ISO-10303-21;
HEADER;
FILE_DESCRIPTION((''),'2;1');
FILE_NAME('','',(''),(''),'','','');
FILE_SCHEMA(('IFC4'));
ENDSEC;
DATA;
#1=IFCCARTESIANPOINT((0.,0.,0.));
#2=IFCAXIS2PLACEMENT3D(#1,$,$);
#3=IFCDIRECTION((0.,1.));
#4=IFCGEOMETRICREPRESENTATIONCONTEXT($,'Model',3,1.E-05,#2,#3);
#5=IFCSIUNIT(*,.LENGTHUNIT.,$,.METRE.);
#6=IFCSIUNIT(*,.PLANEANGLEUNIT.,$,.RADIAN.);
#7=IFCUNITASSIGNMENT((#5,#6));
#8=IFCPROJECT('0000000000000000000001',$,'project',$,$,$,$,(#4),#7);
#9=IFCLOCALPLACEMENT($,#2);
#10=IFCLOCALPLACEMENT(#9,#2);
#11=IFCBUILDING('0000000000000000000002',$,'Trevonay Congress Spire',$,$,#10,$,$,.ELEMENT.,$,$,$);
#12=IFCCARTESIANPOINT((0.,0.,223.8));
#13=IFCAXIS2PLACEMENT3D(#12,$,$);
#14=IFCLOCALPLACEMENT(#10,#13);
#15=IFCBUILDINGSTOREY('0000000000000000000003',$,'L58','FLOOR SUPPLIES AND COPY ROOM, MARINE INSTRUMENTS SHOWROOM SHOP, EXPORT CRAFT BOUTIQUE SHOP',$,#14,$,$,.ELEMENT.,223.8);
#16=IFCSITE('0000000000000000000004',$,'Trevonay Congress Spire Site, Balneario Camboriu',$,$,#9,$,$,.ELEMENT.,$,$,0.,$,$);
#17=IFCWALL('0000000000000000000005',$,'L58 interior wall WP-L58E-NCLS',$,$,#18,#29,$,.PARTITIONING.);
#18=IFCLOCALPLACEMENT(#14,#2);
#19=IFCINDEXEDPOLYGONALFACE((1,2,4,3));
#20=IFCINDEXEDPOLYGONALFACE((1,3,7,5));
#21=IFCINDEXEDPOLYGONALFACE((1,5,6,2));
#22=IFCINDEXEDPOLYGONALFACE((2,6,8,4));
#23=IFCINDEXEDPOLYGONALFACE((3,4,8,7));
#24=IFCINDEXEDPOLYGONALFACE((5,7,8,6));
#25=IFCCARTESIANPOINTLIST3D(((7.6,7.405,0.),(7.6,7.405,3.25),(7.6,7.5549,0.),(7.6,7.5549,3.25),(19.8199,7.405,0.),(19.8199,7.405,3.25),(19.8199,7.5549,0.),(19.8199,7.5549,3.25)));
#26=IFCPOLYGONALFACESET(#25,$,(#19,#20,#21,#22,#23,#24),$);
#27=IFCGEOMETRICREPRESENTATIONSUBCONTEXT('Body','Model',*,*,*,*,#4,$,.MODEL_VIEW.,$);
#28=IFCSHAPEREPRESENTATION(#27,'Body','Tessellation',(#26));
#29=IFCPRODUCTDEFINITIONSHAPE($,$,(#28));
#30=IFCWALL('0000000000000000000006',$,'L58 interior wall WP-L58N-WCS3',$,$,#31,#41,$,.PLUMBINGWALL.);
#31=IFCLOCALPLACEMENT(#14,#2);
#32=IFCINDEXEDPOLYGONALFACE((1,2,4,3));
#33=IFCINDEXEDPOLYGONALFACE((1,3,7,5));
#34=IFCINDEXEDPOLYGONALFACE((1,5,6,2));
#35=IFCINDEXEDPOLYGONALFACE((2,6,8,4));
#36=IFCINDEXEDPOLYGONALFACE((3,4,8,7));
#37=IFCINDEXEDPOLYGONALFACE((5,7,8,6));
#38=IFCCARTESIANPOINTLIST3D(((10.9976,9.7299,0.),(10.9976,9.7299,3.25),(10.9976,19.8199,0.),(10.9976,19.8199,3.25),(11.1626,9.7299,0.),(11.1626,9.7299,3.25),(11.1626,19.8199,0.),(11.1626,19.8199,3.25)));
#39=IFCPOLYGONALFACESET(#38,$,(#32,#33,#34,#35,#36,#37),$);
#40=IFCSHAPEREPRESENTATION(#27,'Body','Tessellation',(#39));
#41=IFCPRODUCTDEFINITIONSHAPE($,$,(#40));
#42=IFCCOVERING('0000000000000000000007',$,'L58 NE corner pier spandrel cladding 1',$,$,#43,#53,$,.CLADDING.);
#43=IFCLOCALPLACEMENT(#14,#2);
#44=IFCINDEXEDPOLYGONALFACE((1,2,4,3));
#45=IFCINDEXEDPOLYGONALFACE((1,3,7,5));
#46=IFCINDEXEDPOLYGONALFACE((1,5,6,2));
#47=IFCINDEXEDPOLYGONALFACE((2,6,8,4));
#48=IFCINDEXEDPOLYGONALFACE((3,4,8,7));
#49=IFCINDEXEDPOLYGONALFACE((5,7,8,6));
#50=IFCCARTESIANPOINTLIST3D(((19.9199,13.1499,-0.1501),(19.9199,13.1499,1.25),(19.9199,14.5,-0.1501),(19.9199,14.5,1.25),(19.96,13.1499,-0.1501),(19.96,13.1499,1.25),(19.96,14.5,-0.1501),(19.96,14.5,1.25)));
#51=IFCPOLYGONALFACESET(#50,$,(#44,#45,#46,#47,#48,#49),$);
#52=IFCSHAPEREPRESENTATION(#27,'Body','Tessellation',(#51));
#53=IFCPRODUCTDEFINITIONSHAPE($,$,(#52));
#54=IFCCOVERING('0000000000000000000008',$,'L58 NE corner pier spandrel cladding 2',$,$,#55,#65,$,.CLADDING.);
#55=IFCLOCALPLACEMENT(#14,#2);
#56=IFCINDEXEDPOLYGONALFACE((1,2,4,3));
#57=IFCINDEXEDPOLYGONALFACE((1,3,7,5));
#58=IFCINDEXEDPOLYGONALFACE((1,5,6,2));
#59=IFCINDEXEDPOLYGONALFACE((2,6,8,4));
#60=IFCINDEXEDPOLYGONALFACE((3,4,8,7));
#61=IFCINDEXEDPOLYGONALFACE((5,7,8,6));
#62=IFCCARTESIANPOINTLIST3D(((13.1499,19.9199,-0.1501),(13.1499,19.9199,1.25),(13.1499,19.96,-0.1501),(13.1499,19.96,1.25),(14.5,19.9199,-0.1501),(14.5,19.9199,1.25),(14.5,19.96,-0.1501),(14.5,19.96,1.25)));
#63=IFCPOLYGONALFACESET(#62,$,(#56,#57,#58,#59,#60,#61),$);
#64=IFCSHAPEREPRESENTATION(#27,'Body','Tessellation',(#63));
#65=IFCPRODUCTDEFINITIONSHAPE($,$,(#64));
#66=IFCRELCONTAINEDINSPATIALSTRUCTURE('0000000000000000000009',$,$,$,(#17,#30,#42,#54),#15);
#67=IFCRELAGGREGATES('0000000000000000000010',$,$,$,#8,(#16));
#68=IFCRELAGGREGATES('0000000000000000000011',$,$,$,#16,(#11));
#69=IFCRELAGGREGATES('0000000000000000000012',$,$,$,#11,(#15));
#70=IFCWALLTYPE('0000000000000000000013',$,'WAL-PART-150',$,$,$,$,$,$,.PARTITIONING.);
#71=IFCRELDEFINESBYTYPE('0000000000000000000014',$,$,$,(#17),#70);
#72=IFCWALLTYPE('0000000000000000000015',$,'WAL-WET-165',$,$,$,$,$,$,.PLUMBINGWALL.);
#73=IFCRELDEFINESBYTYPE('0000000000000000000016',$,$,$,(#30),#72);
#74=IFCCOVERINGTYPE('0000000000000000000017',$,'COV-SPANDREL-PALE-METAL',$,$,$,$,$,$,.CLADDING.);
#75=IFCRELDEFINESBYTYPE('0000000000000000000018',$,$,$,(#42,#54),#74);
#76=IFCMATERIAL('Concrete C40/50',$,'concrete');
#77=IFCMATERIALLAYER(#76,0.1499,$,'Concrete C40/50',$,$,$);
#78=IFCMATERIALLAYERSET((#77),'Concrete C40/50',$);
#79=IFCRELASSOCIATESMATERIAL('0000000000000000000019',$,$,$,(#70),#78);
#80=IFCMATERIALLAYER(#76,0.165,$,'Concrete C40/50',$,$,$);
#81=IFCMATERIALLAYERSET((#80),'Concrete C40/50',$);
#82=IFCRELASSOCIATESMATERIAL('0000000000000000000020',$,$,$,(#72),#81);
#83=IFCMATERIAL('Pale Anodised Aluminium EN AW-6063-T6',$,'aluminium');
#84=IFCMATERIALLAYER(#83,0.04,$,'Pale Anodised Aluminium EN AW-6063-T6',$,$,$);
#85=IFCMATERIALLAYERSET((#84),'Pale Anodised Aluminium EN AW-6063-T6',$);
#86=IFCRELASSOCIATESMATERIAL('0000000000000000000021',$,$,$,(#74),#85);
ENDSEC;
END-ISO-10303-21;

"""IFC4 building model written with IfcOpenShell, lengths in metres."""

from ifc_helpers import new_model, si_unit, direction, frame, frame_2d, origin, place, context, subcontext, project, spatial, rectangle, extrude, material, layer, layer_set, type_object, element, save


model = new_model("IFC4")

# Units and contexts
model_context = context("Model", 3, precision=1e-05, world=origin(), true_north=direction((0.0, 1.0)))
body_context = subcontext(model_context, "Body", "Model", "MODEL_VIEW")
ifc_project = project(units=[si_unit("LENGTHUNIT", "METRE"), si_unit("PLANEANGLEUNIT", "RADIAN")], contexts=[model_context])

# Site, building, storey
site_placement = place(None, origin())
site = spatial("IfcSite", under=ifc_project, at=site_placement, Name="Trevonay Congress Spire Site, Balneario Camboriu", CompositionType="ELEMENT", RefElevation=0.0)
building_placement = place(site_placement, origin())
building = spatial("IfcBuilding", under=site, at=building_placement, Name="Trevonay Congress Spire", CompositionType="ELEMENT")
storey_placement = place(building_placement, frame((0.0, 0.0, 223.8)))
storey = spatial("IfcBuildingStorey", under=building, at=storey_placement, Name="L58", Description="FLOOR SUPPLIES AND COPY ROOM, MARINE INSTRUMENTS SHOWROOM SHOP, EXPORT CRAFT BOUTIQUE SHOP", CompositionType="ELEMENT", Elevation=223.8)

# Shared definitions
ifc_material_1 = material(Name="Pale Anodised Aluminium EN AW-6063-T6", Category="aluminium")

# Walls
ifc_material_2 = material(Name="Concrete C40/50", Category="concrete")
ifc_layer_1 = layer(ifc_material_2, 0.1499, Name="Concrete C40/50")
ifc_layer_set_1 = layer_set([ifc_layer_1], Name="Concrete C40/50")
wall_type_1 = type_object("IfcWallType", Name="WAL-PART-150", PredefinedType="PARTITIONING", material=ifc_layer_set_1)
wall_1_placement = place(storey_placement, frame((7.6001, 7.48, 0.0), z_axis=(0.0, 0.0, 1.0), x_axis=(1.0, 0.0, 0.0)))
element("IfcWall", 1, at=wall_1_placement, inside=storey, type_object=wall_type_1, Name="L58 interior wall WP-L58E-NCLS", PredefinedType="PARTITIONING", context=body_context, shape_type="SweptSolid", body=[
    extrude(rectangle(XDim=12.22, YDim=0.1499, at=frame_2d((6.1099, 0.0))), origin(), (0.0, 0.0, 1.0), 3.25),
])
ifc_layer_2 = layer(ifc_material_2, 0.165, Name="Concrete C40/50")
ifc_layer_set_2 = layer_set([ifc_layer_2], Name="Concrete C40/50")
wall_type_2 = type_object("IfcWallType", Name="WAL-WET-165", PredefinedType="PLUMBINGWALL", material=ifc_layer_set_2)
wall_2_placement = place(storey_placement, frame((11.0801, 9.73, 0.0), z_axis=(0.0, 0.0, 1.0), x_axis=(0.0, 1.0, 0.0)))
element("IfcWall", 2, at=wall_2_placement, inside=storey, type_object=wall_type_2, Name="L58 interior wall WP-L58N-WCS3", PredefinedType="PLUMBINGWALL", context=body_context, shape_type="SweptSolid", body=[
    extrude(rectangle(XDim=10.0901, YDim=0.165, at=frame_2d((5.0449, 0.0))), origin(), (0.0, 0.0, 1.0), 3.25),
])

# Coverings
ifc_layer_3 = layer(ifc_material_1, 0.04, Name="Pale Anodised Aluminium EN AW-6063-T6")
ifc_layer_set_3 = layer_set([ifc_layer_3], Name="Pale Anodised Aluminium EN AW-6063-T6")
covering_type = type_object("IfcCoveringType", Name="COV-SPANDREL-PALE-METAL", PredefinedType="CLADDING", material=ifc_layer_set_3)
for number, where, z_axis, x_axis, name in (
    (3, (19.9399, 13.1499, -0.1501), (0.0, 0.0, 1.0), (0.0, 1.0, 0.0), "L58 NE corner pier spandrel cladding 1"),
    (4, (13.1499, 19.9399, -0.1501), (0.0, 0.0, 1.0), (1.0, 0.0, 0.0), "L58 NE corner pier spandrel cladding 2"),
):
    element("IfcCovering", number, at=place(storey_placement, frame(where, z_axis=z_axis, x_axis=x_axis)), inside=storey, type_object=covering_type, Name=name, PredefinedType="CLADDING", context=body_context, shape_type="SweptSolid", body=[
        extrude(rectangle(XDim=1.3501, YDim=0.04, at=frame_2d((0.675, 0.0))), origin(), (0.0, 0.0, 1.0), 1.4001),
    ])

save(model, "model.ifc")
